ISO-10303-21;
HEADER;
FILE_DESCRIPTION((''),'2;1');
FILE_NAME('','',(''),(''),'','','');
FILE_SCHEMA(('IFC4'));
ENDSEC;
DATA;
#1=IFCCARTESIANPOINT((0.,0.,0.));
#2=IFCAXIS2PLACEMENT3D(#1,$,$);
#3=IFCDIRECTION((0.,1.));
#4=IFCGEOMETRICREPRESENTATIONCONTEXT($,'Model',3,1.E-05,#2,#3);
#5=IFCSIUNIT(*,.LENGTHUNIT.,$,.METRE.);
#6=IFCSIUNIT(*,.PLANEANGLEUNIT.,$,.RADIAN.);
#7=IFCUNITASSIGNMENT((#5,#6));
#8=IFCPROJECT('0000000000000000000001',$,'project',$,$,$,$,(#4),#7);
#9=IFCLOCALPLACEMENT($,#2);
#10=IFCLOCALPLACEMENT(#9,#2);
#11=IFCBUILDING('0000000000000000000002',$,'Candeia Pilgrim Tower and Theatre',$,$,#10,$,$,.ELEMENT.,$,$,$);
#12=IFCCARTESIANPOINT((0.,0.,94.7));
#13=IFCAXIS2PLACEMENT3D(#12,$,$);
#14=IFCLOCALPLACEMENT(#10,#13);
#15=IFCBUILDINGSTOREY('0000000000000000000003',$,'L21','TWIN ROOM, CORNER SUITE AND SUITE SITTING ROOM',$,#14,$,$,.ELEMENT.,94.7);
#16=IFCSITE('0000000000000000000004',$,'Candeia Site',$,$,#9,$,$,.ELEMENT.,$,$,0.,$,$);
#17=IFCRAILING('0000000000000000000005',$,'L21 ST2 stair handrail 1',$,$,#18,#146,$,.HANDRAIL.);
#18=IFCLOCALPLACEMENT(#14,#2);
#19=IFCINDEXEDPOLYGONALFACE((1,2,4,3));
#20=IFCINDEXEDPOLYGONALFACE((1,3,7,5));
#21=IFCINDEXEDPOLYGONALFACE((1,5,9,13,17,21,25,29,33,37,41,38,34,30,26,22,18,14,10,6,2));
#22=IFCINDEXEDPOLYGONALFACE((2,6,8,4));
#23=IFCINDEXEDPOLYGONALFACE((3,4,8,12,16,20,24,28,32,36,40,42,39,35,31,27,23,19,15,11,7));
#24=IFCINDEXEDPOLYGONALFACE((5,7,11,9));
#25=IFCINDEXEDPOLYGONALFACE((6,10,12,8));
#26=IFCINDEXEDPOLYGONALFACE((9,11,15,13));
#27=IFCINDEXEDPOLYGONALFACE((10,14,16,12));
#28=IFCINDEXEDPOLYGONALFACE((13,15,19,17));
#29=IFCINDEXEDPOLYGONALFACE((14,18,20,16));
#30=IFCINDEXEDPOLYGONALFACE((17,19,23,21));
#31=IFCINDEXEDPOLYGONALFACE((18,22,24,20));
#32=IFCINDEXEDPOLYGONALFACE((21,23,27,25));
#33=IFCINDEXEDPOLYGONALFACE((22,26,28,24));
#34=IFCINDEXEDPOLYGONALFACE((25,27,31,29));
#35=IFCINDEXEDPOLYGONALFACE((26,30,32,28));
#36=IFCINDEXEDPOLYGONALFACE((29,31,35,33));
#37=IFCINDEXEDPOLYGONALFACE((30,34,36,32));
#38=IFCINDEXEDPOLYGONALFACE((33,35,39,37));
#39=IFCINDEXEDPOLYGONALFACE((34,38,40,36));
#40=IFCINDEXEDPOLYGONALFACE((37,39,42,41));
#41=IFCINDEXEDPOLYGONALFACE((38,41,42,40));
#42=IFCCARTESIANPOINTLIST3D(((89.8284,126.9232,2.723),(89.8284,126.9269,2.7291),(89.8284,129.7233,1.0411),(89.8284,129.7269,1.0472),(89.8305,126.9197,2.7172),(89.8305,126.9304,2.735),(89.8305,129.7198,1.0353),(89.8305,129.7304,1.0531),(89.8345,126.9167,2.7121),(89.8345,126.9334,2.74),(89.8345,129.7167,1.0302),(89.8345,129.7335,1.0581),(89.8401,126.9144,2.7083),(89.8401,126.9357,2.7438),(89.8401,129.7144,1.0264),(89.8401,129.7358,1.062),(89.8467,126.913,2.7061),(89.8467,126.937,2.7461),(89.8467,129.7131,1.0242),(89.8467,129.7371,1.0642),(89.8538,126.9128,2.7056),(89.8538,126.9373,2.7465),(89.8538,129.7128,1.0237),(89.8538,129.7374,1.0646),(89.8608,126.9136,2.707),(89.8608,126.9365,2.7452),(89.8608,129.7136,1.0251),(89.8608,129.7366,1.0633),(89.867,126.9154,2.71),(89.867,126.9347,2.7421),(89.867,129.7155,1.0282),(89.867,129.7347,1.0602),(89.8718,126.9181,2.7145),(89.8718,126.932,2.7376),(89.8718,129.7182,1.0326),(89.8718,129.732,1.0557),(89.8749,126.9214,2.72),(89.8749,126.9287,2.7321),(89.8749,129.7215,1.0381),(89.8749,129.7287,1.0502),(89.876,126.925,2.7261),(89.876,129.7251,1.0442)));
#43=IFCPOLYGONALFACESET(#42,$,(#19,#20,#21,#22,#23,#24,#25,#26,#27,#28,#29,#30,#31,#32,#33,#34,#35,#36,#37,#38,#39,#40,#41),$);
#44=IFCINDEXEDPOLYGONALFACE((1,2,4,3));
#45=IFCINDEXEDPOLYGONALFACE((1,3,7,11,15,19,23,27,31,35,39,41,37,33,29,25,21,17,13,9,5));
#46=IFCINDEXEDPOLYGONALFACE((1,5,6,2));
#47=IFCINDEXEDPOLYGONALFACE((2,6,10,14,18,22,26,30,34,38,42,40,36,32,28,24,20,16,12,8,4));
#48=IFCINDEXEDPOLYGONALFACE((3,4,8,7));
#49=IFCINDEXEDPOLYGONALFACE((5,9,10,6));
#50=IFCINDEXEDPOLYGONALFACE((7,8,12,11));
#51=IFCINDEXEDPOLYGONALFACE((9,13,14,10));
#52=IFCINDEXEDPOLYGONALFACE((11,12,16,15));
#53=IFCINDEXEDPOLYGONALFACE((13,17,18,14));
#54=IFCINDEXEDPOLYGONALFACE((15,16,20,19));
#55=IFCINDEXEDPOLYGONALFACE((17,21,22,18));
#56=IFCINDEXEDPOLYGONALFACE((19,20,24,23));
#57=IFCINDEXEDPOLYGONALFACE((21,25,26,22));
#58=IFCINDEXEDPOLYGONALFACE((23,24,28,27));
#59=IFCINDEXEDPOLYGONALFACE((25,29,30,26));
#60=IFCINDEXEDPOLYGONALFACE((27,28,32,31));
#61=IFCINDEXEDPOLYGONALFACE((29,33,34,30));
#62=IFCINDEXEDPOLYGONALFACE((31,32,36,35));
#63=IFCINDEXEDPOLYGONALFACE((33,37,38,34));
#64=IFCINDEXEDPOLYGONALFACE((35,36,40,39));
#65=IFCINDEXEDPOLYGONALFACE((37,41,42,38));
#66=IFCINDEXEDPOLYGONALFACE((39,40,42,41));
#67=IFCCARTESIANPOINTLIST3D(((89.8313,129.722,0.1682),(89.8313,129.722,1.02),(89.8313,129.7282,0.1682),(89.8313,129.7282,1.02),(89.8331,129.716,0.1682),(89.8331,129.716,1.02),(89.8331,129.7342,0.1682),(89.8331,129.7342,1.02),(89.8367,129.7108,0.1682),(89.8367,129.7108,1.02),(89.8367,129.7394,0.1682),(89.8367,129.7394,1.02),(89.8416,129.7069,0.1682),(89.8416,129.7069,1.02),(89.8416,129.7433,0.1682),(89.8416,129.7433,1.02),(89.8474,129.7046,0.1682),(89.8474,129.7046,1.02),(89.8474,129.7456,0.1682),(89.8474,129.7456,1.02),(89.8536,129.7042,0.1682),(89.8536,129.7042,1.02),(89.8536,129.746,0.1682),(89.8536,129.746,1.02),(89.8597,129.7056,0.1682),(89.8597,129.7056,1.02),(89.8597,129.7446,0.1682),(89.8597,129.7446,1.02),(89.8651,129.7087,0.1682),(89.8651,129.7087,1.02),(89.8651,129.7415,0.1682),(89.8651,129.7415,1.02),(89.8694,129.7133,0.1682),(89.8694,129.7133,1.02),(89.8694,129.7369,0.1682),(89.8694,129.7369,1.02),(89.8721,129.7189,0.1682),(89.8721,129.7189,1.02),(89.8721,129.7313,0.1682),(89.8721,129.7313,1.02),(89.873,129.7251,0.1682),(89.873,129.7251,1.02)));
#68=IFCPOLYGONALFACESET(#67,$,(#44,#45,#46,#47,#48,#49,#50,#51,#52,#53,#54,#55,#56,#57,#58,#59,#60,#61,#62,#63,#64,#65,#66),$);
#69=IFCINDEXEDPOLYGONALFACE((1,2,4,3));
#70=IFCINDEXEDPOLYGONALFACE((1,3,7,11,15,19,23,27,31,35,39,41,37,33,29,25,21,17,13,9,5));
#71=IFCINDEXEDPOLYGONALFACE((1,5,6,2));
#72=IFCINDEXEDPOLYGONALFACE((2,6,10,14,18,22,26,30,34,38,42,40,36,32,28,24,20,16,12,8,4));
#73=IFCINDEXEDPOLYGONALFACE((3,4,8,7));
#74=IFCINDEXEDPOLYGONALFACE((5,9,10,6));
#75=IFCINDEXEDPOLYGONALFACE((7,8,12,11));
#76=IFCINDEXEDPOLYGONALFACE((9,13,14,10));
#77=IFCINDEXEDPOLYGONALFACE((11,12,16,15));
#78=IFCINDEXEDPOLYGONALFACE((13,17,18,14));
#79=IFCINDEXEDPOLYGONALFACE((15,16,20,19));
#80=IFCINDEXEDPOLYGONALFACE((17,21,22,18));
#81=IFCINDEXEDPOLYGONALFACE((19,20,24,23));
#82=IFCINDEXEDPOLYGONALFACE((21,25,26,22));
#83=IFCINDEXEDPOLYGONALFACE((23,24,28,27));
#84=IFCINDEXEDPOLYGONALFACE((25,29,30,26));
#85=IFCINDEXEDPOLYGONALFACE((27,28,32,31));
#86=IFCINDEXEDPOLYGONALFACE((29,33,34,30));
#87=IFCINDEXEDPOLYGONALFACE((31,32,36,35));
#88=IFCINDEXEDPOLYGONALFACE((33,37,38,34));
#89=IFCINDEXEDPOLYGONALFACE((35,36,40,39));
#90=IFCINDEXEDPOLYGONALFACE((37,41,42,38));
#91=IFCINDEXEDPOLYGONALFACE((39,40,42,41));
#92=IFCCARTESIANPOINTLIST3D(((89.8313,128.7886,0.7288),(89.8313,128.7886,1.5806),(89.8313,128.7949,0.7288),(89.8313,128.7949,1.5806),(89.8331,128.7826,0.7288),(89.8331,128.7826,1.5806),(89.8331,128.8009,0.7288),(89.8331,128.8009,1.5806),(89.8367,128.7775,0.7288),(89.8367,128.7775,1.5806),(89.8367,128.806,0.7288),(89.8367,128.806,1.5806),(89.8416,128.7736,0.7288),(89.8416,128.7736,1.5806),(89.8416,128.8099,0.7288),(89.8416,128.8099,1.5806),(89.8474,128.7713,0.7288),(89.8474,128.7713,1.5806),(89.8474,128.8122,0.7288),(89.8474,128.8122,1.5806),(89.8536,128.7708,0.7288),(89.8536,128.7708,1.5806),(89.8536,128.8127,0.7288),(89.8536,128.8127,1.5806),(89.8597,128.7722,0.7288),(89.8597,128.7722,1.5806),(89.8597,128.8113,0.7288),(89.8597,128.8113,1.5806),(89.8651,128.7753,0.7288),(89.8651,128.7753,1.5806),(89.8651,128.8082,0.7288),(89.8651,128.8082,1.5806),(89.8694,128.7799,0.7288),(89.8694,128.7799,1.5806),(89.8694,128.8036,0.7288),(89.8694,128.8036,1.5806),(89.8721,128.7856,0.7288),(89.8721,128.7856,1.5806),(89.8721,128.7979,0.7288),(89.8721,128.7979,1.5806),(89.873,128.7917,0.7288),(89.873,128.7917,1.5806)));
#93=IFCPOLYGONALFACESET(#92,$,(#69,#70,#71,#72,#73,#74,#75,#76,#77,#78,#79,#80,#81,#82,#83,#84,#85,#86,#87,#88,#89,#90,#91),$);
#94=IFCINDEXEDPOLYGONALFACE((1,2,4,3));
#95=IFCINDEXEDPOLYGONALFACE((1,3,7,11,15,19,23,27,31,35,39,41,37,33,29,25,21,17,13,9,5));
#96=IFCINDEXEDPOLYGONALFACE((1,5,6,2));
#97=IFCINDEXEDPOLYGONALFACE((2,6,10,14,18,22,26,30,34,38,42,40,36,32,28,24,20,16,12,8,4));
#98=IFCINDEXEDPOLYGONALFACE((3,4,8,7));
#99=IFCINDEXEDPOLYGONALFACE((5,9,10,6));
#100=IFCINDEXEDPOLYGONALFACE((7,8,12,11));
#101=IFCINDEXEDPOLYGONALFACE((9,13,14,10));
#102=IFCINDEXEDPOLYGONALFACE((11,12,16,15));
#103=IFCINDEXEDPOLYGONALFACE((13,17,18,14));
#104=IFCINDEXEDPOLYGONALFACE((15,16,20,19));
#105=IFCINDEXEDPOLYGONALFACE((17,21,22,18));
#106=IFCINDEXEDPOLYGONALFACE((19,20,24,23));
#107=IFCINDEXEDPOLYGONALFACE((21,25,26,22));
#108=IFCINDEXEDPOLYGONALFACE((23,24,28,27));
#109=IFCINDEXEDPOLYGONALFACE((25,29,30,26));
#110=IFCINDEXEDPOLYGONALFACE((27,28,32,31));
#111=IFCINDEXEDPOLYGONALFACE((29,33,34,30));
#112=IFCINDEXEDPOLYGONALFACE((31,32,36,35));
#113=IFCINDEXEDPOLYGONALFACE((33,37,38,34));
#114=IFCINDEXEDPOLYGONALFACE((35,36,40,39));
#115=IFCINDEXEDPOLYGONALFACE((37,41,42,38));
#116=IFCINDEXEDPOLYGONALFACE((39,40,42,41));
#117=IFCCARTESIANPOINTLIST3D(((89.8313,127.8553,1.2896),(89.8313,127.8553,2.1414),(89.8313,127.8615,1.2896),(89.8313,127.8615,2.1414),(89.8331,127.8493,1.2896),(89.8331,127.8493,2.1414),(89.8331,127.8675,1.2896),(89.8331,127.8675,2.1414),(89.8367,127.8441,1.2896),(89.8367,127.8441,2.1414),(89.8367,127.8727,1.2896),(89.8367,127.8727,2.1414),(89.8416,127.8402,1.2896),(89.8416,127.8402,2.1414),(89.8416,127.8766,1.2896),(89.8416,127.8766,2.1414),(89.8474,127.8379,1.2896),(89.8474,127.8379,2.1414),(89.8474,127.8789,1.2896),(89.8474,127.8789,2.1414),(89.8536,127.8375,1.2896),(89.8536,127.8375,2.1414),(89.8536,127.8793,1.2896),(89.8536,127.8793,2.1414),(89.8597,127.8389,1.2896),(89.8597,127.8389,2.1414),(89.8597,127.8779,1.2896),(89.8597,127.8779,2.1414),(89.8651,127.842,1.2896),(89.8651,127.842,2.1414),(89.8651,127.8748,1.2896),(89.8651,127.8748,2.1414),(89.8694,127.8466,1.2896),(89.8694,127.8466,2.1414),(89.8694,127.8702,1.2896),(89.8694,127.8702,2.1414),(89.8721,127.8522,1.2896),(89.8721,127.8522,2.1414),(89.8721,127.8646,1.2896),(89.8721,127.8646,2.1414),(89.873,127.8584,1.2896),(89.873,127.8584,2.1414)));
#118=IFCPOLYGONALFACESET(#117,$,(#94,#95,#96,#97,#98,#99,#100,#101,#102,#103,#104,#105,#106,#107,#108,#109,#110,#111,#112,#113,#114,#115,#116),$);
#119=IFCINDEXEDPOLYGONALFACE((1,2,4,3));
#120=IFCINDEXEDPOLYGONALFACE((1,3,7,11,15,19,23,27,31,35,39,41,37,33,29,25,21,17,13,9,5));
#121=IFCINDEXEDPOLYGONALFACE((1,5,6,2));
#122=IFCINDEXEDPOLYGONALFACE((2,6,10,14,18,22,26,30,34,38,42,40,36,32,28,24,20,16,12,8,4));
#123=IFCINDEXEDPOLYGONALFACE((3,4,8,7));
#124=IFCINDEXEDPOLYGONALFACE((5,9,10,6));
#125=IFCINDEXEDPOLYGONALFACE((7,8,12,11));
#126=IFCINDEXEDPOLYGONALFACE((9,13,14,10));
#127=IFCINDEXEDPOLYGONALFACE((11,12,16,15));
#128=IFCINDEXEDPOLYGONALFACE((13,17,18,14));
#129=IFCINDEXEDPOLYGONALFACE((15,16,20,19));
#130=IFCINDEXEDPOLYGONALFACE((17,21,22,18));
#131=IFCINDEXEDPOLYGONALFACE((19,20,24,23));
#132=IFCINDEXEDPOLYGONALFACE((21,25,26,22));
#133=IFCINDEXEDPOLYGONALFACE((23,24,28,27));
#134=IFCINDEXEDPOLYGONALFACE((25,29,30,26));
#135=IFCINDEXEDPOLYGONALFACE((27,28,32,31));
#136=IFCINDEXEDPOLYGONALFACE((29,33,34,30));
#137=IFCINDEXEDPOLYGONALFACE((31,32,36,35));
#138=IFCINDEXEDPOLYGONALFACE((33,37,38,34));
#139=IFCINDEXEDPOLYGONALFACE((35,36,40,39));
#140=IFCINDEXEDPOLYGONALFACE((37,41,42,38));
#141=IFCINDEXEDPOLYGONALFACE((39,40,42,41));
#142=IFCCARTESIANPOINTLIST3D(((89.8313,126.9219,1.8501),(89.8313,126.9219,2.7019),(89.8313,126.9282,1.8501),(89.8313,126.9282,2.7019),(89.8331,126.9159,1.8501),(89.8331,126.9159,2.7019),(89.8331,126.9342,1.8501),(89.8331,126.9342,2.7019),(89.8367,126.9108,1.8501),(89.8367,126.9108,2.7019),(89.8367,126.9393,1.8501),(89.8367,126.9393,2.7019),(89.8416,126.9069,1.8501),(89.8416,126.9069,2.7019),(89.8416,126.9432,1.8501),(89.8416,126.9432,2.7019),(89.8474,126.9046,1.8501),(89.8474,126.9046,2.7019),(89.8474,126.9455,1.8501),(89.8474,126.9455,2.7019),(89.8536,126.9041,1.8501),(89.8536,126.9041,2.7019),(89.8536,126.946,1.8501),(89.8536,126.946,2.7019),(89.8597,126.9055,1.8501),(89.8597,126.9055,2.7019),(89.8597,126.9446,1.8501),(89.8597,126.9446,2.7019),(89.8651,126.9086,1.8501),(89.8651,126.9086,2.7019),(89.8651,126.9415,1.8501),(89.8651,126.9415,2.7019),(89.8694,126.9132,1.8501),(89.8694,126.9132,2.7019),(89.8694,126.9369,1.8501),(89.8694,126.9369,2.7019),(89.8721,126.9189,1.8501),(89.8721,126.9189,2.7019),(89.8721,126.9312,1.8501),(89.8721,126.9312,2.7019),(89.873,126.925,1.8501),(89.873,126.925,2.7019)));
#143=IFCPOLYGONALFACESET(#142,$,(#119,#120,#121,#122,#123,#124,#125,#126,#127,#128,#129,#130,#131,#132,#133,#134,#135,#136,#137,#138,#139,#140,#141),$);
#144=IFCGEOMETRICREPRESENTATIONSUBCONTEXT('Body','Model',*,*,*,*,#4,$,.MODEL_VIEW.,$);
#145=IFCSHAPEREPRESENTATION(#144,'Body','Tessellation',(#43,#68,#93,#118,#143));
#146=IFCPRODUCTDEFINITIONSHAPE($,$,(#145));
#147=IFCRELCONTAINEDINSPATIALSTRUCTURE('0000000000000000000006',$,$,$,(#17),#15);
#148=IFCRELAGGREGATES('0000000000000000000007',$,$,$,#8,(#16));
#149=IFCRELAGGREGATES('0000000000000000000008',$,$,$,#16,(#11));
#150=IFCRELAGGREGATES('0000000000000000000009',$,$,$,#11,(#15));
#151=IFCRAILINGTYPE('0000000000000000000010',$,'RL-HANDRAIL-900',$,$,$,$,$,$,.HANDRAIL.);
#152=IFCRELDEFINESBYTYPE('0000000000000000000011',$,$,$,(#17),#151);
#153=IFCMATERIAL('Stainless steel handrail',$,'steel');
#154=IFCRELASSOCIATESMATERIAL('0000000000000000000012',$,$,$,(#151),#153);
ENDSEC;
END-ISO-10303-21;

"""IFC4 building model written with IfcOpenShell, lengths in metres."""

from ifc_helpers import new_model, si_unit, direction, frame, origin, origin_2d, place, context, subcontext, project, spatial, circle, extrude, material, type_object, element, save


model = new_model("IFC4")

# Units and contexts
model_context = context("Model", 3, precision=1e-05, world=origin(), true_north=direction((0.0, 1.0)))
body_context = subcontext(model_context, "Body", "Model", "MODEL_VIEW")
ifc_project = project(units=[si_unit("LENGTHUNIT", "METRE"), si_unit("PLANEANGLEUNIT", "RADIAN")], contexts=[model_context])

# Site, building, storey
site_placement = place(None, origin())
site = spatial("IfcSite", under=ifc_project, at=site_placement, Name="Candeia Site", CompositionType="ELEMENT", RefElevation=0.0)
building_placement = place(site_placement, origin())
building = spatial("IfcBuilding", under=site, at=building_placement, Name="Candeia Pilgrim Tower and Theatre", CompositionType="ELEMENT")
storey_placement = place(building_placement, frame((0.0, 0.0, 94.7)))
storey = spatial("IfcBuildingStorey", under=building, at=storey_placement, Name="L21", Description="TWIN ROOM, CORNER SUITE AND SUITE SITTING ROOM", CompositionType="ELEMENT", Elevation=94.7)

# Railing
ifc_material_1 = material(Name="Stainless steel handrail", Category="steel")
railing_type_1 = type_object("IfcRailingType", Name="RL-HANDRAIL-900", PredefinedType="HANDRAIL", material=ifc_material_1)
railing_1_placement = place(storey_placement, frame((89.8521, 129.7251, 0.1682)))
element("IfcRailing", 1, at=railing_1_placement, inside=storey, type_object=railing_type_1, Name="L21 ST2 stair handrail 1", PredefinedType="HANDRAIL", context=body_context, shape_type="SweptSolid", body=[
    extrude(circle(Radius=0.0239, at=origin_2d()), frame((0.0, 0.0, 0.876), z_axis=(0.0, -0.857242, 0.514913), x_axis=(1.0, 0.0, 0.0)), (0.0, 0.0, 1.0), 3.2664),
    extrude(circle(Radius=0.021, at=origin_2d()), origin(), (0.0, 0.0, 1.0), 0.8518),
    extrude(circle(Radius=0.021, at=origin_2d()), frame((0.0, -0.9333, 0.5605)), (0.0, 0.0, 1.0), 0.8518),
    extrude(circle(Radius=0.021, at=origin_2d()), frame((0.0, -1.8667, 1.1213)), (0.0, 0.0, 1.0), 0.8518),
    extrude(circle(Radius=0.021, at=origin_2d()), frame((0.0, -2.8, 1.6819)), (0.0, 0.0, 1.0), 0.8518),
])

save(model, "model.ifc")
